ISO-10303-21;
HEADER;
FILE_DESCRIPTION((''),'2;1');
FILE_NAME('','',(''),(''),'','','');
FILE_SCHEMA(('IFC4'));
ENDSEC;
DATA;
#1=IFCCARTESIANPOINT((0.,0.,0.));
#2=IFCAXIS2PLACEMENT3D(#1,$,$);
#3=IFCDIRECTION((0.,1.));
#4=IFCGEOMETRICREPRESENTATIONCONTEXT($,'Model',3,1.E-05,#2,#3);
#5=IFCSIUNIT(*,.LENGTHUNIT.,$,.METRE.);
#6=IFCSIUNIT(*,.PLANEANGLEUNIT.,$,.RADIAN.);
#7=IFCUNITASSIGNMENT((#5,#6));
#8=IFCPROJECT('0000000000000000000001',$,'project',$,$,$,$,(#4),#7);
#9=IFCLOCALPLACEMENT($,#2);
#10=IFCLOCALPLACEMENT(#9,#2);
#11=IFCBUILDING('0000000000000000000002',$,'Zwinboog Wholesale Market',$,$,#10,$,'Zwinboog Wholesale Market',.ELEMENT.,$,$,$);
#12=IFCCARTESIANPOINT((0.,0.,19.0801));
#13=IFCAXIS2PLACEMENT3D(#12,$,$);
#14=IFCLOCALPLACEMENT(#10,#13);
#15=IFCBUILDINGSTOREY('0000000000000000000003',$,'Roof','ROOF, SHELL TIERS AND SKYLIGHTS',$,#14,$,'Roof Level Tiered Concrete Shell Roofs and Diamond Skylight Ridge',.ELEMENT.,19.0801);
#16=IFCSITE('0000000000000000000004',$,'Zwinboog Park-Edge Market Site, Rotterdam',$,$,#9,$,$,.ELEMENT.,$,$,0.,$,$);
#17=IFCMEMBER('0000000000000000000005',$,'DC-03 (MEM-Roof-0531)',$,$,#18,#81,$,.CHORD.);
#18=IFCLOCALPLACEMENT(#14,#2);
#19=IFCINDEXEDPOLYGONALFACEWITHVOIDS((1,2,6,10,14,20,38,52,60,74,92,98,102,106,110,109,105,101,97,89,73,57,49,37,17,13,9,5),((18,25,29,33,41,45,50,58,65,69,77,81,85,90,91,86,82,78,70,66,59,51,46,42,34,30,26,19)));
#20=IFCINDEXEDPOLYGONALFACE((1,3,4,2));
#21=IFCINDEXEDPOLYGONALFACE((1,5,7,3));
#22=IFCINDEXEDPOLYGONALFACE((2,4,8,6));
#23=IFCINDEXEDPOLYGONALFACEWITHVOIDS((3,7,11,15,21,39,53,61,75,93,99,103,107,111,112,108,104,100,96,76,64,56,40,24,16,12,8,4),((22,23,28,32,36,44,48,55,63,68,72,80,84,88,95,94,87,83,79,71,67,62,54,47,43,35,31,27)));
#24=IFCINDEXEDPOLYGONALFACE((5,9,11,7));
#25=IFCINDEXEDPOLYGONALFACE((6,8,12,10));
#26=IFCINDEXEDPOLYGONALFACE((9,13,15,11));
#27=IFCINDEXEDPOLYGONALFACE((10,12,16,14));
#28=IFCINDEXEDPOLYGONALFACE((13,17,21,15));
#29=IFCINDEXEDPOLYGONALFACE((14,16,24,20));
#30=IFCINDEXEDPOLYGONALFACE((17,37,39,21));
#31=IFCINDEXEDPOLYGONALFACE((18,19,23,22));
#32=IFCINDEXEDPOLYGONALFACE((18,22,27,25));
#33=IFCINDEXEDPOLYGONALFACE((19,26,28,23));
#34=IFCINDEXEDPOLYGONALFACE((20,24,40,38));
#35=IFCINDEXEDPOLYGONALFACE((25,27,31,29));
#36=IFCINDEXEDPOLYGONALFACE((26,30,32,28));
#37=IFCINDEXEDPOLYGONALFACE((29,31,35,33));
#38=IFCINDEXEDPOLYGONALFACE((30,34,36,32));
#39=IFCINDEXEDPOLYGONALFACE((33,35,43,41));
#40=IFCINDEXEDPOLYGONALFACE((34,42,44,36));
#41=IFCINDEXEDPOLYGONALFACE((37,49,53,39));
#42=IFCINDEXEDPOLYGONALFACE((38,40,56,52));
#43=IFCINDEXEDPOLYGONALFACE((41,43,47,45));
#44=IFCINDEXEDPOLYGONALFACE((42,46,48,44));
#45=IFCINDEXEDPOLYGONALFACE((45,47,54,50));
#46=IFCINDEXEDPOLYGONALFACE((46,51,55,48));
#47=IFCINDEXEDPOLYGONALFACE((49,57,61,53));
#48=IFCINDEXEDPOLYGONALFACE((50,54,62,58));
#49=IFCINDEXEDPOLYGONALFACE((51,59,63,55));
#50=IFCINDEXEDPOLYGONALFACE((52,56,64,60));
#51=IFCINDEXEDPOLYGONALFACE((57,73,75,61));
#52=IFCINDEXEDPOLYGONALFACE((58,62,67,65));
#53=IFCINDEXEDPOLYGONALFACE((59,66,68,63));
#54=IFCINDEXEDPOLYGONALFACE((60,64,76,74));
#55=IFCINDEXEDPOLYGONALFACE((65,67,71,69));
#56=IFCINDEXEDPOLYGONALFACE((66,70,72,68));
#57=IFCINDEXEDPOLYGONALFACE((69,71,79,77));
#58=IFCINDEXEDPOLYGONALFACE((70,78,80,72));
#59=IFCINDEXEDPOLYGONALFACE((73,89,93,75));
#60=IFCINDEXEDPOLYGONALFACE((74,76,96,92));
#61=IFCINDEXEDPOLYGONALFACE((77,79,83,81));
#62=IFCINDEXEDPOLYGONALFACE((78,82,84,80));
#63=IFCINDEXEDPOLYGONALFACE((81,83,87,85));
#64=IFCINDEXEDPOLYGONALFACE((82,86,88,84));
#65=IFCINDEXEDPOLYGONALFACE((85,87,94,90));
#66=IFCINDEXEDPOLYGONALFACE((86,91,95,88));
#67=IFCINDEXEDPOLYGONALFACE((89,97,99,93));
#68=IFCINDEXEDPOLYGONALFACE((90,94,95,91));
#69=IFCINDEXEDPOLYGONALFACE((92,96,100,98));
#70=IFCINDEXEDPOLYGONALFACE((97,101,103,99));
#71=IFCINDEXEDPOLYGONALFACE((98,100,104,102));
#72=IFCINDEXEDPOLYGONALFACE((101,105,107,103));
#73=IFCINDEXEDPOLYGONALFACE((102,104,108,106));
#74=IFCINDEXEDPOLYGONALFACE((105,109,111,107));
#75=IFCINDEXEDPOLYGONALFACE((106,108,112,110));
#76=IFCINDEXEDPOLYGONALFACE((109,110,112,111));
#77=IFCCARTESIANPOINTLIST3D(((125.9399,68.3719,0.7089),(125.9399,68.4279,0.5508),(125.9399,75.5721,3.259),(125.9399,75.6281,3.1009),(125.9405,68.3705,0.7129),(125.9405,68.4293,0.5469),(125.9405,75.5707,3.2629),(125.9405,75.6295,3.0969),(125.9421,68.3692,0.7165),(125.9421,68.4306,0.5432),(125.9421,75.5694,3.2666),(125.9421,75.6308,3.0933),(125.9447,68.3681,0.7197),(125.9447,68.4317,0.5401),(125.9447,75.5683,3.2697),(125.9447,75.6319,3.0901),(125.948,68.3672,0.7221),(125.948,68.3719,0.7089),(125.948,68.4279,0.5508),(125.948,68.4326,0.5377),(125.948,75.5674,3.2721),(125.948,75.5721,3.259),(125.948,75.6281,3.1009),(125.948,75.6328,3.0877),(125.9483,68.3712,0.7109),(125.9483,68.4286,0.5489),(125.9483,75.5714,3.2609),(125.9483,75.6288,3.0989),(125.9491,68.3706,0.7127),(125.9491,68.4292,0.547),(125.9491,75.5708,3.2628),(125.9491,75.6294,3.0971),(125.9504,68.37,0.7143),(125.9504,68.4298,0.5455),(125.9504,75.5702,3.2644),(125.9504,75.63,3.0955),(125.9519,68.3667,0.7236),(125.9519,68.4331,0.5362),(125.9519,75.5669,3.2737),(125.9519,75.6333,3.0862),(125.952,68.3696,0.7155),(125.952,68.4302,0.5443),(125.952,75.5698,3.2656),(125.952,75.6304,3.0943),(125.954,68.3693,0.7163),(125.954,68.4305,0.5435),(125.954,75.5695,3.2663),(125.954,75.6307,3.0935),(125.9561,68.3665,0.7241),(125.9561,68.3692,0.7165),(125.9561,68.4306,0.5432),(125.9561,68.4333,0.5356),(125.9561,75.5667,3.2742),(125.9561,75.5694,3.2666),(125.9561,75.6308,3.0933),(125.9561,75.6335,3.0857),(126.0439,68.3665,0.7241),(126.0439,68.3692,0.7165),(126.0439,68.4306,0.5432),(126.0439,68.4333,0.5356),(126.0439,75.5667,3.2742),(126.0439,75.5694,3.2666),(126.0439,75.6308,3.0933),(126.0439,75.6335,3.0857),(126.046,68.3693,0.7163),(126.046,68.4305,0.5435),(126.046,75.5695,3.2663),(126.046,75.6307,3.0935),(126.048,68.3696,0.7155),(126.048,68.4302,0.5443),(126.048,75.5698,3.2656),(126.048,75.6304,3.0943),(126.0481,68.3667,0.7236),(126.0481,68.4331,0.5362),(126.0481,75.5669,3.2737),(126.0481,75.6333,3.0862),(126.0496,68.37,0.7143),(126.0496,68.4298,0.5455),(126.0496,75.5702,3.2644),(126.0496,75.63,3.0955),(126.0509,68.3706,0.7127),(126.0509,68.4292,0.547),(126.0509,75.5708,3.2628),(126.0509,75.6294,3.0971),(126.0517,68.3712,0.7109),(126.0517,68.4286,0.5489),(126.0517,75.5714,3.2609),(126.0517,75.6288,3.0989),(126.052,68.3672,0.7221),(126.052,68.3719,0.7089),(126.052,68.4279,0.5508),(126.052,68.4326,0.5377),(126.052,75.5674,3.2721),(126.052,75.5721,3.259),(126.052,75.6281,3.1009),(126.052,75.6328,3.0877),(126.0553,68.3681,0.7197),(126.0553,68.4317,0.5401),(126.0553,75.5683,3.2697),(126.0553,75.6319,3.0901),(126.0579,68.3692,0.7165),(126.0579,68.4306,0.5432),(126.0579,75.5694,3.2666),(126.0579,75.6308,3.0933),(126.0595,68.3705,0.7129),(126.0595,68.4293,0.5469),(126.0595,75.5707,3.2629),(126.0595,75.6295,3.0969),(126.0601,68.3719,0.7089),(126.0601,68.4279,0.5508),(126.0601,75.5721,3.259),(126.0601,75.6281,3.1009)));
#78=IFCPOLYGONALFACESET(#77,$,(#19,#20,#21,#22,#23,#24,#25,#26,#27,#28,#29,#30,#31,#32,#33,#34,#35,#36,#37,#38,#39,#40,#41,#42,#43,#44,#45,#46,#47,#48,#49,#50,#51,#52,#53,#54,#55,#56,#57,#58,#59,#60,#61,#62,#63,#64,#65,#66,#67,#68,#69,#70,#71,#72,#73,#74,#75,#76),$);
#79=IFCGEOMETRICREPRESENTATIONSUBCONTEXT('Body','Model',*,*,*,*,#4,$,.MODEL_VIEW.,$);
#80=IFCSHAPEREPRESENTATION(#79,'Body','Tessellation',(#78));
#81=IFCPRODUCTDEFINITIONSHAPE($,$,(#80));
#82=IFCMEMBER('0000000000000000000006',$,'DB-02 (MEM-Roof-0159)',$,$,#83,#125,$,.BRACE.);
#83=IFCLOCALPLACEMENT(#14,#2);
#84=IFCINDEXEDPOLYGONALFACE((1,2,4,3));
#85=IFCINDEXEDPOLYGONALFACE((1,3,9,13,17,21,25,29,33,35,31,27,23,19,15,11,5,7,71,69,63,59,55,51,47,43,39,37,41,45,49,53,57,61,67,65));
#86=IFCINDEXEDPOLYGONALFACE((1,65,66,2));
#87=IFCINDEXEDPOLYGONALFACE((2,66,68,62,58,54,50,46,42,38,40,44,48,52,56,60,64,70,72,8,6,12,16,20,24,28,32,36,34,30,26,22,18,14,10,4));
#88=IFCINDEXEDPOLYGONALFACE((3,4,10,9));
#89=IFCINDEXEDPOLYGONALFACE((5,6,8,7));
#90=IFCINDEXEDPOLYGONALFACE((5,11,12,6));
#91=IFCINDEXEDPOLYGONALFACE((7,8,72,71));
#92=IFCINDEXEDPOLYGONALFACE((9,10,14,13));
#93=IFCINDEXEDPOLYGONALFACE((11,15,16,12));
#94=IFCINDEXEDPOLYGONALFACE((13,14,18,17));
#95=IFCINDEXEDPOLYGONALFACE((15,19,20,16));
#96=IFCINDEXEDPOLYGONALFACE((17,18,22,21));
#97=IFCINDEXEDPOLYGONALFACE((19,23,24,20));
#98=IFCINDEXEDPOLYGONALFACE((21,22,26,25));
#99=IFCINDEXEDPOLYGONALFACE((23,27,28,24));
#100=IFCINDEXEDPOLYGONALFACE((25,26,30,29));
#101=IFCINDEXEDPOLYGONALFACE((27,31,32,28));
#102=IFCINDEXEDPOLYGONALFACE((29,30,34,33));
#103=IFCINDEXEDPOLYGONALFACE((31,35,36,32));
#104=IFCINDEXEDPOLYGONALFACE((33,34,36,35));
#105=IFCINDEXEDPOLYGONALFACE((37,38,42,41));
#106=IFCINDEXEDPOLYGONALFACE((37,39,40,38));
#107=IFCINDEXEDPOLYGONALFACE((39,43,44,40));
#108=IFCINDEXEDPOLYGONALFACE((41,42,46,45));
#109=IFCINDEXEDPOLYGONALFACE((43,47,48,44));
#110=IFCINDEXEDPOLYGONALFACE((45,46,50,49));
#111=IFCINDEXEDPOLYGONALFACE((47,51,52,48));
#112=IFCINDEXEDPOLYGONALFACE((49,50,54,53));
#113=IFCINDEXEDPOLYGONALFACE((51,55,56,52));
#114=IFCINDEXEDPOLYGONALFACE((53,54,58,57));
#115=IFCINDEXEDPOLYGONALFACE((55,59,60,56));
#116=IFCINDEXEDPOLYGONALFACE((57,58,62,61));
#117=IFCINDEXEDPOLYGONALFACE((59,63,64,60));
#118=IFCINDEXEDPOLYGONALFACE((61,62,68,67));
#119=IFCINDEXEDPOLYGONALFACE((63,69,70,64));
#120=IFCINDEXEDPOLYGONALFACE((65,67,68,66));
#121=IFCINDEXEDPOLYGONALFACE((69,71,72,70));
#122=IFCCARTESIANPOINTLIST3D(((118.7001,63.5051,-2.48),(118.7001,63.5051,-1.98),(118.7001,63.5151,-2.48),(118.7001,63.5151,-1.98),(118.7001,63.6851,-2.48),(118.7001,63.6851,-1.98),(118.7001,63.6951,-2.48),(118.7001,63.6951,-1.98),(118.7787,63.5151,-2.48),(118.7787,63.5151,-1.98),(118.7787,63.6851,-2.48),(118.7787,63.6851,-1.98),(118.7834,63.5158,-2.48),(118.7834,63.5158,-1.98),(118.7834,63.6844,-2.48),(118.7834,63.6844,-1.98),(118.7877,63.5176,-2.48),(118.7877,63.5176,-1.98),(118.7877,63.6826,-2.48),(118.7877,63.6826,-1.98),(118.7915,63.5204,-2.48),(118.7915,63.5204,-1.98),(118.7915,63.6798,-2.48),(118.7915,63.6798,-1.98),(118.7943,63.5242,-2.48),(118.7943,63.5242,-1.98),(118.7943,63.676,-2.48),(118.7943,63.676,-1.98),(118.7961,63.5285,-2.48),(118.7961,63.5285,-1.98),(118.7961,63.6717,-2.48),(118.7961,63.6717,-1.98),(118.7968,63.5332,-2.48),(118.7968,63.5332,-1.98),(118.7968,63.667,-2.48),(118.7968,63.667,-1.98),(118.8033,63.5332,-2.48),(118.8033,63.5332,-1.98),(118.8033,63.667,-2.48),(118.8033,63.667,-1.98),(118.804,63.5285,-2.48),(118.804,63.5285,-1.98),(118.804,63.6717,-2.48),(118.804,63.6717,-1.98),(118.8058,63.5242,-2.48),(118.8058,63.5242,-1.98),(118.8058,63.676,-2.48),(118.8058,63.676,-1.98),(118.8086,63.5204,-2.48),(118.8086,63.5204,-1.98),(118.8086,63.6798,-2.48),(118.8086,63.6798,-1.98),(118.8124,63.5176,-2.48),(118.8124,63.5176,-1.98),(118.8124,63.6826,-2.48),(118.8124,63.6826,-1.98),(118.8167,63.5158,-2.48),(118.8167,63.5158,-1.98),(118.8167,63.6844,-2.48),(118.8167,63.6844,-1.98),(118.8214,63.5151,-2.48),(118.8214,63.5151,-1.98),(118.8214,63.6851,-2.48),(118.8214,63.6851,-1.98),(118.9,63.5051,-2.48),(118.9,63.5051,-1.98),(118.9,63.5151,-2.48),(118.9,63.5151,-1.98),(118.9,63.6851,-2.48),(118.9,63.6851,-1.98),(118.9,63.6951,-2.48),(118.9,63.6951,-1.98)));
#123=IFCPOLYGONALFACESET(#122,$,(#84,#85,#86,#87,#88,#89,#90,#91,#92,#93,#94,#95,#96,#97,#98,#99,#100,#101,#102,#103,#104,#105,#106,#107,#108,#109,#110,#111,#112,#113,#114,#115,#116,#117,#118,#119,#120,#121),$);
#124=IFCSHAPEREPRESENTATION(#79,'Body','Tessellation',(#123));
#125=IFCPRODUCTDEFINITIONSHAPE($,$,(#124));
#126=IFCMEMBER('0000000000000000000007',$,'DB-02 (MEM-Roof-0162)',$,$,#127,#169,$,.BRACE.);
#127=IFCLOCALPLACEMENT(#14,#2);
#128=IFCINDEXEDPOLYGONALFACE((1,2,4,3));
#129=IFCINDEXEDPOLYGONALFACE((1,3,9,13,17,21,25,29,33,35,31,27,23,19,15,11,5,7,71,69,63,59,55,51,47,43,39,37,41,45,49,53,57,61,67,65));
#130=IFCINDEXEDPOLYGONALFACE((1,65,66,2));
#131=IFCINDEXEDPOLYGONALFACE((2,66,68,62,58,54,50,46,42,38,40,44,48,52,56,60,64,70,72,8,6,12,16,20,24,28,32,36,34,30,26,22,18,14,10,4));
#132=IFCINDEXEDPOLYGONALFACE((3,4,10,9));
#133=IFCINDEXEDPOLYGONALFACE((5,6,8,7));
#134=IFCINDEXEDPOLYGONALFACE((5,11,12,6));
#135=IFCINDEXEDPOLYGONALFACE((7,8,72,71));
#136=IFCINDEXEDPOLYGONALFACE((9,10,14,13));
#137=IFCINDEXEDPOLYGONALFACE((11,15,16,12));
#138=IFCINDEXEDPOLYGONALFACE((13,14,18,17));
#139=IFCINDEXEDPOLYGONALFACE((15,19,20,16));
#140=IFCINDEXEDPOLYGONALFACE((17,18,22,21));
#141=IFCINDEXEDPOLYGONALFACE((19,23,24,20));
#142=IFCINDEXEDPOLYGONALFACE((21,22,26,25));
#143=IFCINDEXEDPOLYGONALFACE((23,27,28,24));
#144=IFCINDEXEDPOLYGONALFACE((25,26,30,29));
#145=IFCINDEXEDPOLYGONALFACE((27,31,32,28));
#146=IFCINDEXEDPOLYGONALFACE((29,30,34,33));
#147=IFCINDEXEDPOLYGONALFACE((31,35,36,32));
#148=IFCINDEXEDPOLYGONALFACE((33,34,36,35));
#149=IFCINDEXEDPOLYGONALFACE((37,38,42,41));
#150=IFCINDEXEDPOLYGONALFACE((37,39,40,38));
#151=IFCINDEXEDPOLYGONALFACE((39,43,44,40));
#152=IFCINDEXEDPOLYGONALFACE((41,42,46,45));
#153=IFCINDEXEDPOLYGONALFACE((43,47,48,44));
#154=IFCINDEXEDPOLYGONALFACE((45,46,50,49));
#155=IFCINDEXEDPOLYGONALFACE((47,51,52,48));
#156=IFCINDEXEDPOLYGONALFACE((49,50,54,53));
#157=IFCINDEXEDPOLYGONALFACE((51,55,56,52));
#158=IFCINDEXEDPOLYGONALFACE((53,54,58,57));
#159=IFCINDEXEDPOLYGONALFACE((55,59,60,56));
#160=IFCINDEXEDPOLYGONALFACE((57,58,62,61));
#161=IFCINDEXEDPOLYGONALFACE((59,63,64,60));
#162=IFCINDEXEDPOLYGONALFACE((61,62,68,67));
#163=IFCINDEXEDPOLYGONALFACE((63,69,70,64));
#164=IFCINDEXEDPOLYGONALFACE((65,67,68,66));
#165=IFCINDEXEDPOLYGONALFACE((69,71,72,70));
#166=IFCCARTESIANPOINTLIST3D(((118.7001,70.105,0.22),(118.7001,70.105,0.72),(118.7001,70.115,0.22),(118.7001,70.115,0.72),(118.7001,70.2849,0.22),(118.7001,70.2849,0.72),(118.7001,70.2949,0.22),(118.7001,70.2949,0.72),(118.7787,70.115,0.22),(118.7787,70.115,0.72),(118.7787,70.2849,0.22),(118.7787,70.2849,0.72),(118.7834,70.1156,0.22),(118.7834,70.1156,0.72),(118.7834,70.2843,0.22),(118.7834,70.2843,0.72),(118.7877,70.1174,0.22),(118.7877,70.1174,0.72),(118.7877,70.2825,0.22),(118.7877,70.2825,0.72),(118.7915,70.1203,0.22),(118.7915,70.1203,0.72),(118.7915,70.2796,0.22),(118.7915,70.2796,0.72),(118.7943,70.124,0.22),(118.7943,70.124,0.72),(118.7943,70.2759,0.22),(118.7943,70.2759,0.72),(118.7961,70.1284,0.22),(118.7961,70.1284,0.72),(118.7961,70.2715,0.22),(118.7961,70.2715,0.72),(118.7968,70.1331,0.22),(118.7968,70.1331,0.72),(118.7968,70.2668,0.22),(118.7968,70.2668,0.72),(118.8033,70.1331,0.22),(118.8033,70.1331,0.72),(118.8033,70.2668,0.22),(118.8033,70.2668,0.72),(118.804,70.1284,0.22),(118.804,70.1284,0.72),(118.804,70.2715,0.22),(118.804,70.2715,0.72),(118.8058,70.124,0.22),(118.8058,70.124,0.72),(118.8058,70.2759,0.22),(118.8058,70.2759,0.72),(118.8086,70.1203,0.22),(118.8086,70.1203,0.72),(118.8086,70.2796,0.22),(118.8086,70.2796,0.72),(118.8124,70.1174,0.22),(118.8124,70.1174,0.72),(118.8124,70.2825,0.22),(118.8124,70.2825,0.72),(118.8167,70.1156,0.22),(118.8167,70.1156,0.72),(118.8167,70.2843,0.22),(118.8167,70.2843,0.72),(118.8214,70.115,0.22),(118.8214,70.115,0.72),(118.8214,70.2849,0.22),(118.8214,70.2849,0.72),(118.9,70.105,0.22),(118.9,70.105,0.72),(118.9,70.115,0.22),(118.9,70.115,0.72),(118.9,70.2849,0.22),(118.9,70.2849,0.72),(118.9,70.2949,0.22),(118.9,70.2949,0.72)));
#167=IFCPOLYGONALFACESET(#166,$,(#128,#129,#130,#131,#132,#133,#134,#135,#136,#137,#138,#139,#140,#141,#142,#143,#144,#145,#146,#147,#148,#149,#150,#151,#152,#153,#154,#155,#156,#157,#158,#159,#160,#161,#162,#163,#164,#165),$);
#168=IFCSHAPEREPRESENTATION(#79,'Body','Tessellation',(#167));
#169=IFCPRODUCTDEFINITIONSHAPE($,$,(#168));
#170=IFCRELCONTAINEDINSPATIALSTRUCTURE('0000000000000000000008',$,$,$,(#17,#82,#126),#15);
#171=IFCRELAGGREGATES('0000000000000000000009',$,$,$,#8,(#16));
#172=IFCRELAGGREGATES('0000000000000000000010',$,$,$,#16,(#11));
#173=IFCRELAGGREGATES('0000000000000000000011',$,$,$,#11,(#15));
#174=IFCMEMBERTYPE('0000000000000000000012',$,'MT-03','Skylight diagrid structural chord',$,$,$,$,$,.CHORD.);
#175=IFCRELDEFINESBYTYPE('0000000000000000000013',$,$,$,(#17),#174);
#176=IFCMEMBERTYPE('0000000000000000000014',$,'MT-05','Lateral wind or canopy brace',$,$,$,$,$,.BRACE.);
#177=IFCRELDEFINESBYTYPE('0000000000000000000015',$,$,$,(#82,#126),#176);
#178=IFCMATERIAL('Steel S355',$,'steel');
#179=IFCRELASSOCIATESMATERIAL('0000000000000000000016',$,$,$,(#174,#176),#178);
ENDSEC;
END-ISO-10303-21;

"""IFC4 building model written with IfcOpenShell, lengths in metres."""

from ifc_helpers import new_model, si_unit, direction, frame, origin, origin_2d, place, context, subcontext, project, spatial, hollow_rectangle, i_section, extrude, material, material_profile, profile_set, type_object, element, save


model = new_model("IFC4")

# Units and contexts
model_context = context("Model", 3, precision=1e-05, world=origin(), true_north=direction((0.0, 1.0)))
body_context = subcontext(model_context, "Body", "Model", "MODEL_VIEW")
ifc_project = project(units=[si_unit("LENGTHUNIT", "METRE"), si_unit("PLANEANGLEUNIT", "RADIAN")], contexts=[model_context])

# Site, building, storey
site_placement = place(None, origin())
site = spatial("IfcSite", under=ifc_project, at=site_placement, Name="Zwinboog Park-Edge Market Site, Rotterdam", CompositionType="ELEMENT", RefElevation=0.0)
building_placement = place(site_placement, origin())
building = spatial("IfcBuilding", under=site, at=building_placement, Name="Zwinboog Wholesale Market", LongName="Zwinboog Wholesale Market", CompositionType="ELEMENT")
storey_placement = place(building_placement, frame((0.0, 0.0, 19.0801)))
storey = spatial("IfcBuildingStorey", under=building, at=storey_placement, Name="Roof", Description="ROOF, SHELL TIERS AND SKYLIGHTS", LongName="Roof Level Tiered Concrete Shell Roofs and Diamond Skylight Ridge", CompositionType="ELEMENT", Elevation=19.0801)

# Members
ifc_material_1 = material(Name="Steel S355", Category="steel")
ifc_material_profile_1 = material_profile(ifc_material_1, hollow_rectangle(XDim=0.1201, YDim=0.2, WallThickness=0.0081, InnerFilletRadius=0.0081, OuterFilletRadius=0.0161, at=origin_2d()), Name="RHS 200x120x8")
ifc_profile_set_1 = profile_set([ifc_material_profile_1], Name="Steel S355")
member_type_1 = type_object("IfcMemberType", Name="MT-03", Description="Skylight diagrid structural chord", PredefinedType="CHORD", material=ifc_profile_set_1)
for number, where, z_axis, x_axis, name in (
    (1, (126.0, 68.3999, 0.6299), (0.0, 0.942628, 0.333845), (-1.0, 0.0, 0.0), "DC-03 (MEM-Roof-0531)"),
):
    element("IfcMember", number, at=place(storey_placement, frame(where, z_axis=z_axis, x_axis=x_axis)), inside=storey, type_object=member_type_1, Name=name, PredefinedType="CHORD", context=body_context, shape_type="SweptSolid", body=[
        extrude(hollow_rectangle(XDim=0.1201, YDim=0.2, WallThickness=0.0081, InnerFilletRadius=0.0081, OuterFilletRadius=0.0161, at=origin_2d()), origin(), (0.0, 0.0, 1.0), 7.6384),
    ])
ifc_material_profile_2 = material_profile(ifc_material_1, i_section(OverallWidth=0.2, OverallDepth=0.1899, WebThickness=0.0066, FlangeThickness=0.01, FilletRadius=0.0181, at=origin_2d()), Name="HEA 200")
ifc_profile_set_2 = profile_set([ifc_material_profile_2], Name="Steel S355")
member_type_2 = type_object("IfcMemberType", Name="MT-05", Description="Lateral wind or canopy brace", PredefinedType="BRACE", material=ifc_profile_set_2)
for number, where, z_axis, x_axis, name in (
    (2, (118.8, 63.6001, -2.48), (0.0, 0.0, 1.0), (1.0, 0.0, 0.0), "DB-02 (MEM-Roof-0159)"),
    (3, (118.8, 70.2, 0.22), (0.0, 0.0, 1.0), (1.0, 0.0, 0.0), "DB-02 (MEM-Roof-0162)"),
):
    element("IfcMember", number, at=place(storey_placement, frame(where, z_axis=z_axis, x_axis=x_axis)), inside=storey, type_object=member_type_2, Name=name, PredefinedType="BRACE", context=body_context, shape_type="SweptSolid", body=[
        extrude(i_section(OverallWidth=0.2, OverallDepth=0.1899, WebThickness=0.0066, FlangeThickness=0.01, FilletRadius=0.0181, at=origin_2d()), origin(), (0.0, 0.0, 1.0), 0.5),
    ])

save(model, "model.ifc")
